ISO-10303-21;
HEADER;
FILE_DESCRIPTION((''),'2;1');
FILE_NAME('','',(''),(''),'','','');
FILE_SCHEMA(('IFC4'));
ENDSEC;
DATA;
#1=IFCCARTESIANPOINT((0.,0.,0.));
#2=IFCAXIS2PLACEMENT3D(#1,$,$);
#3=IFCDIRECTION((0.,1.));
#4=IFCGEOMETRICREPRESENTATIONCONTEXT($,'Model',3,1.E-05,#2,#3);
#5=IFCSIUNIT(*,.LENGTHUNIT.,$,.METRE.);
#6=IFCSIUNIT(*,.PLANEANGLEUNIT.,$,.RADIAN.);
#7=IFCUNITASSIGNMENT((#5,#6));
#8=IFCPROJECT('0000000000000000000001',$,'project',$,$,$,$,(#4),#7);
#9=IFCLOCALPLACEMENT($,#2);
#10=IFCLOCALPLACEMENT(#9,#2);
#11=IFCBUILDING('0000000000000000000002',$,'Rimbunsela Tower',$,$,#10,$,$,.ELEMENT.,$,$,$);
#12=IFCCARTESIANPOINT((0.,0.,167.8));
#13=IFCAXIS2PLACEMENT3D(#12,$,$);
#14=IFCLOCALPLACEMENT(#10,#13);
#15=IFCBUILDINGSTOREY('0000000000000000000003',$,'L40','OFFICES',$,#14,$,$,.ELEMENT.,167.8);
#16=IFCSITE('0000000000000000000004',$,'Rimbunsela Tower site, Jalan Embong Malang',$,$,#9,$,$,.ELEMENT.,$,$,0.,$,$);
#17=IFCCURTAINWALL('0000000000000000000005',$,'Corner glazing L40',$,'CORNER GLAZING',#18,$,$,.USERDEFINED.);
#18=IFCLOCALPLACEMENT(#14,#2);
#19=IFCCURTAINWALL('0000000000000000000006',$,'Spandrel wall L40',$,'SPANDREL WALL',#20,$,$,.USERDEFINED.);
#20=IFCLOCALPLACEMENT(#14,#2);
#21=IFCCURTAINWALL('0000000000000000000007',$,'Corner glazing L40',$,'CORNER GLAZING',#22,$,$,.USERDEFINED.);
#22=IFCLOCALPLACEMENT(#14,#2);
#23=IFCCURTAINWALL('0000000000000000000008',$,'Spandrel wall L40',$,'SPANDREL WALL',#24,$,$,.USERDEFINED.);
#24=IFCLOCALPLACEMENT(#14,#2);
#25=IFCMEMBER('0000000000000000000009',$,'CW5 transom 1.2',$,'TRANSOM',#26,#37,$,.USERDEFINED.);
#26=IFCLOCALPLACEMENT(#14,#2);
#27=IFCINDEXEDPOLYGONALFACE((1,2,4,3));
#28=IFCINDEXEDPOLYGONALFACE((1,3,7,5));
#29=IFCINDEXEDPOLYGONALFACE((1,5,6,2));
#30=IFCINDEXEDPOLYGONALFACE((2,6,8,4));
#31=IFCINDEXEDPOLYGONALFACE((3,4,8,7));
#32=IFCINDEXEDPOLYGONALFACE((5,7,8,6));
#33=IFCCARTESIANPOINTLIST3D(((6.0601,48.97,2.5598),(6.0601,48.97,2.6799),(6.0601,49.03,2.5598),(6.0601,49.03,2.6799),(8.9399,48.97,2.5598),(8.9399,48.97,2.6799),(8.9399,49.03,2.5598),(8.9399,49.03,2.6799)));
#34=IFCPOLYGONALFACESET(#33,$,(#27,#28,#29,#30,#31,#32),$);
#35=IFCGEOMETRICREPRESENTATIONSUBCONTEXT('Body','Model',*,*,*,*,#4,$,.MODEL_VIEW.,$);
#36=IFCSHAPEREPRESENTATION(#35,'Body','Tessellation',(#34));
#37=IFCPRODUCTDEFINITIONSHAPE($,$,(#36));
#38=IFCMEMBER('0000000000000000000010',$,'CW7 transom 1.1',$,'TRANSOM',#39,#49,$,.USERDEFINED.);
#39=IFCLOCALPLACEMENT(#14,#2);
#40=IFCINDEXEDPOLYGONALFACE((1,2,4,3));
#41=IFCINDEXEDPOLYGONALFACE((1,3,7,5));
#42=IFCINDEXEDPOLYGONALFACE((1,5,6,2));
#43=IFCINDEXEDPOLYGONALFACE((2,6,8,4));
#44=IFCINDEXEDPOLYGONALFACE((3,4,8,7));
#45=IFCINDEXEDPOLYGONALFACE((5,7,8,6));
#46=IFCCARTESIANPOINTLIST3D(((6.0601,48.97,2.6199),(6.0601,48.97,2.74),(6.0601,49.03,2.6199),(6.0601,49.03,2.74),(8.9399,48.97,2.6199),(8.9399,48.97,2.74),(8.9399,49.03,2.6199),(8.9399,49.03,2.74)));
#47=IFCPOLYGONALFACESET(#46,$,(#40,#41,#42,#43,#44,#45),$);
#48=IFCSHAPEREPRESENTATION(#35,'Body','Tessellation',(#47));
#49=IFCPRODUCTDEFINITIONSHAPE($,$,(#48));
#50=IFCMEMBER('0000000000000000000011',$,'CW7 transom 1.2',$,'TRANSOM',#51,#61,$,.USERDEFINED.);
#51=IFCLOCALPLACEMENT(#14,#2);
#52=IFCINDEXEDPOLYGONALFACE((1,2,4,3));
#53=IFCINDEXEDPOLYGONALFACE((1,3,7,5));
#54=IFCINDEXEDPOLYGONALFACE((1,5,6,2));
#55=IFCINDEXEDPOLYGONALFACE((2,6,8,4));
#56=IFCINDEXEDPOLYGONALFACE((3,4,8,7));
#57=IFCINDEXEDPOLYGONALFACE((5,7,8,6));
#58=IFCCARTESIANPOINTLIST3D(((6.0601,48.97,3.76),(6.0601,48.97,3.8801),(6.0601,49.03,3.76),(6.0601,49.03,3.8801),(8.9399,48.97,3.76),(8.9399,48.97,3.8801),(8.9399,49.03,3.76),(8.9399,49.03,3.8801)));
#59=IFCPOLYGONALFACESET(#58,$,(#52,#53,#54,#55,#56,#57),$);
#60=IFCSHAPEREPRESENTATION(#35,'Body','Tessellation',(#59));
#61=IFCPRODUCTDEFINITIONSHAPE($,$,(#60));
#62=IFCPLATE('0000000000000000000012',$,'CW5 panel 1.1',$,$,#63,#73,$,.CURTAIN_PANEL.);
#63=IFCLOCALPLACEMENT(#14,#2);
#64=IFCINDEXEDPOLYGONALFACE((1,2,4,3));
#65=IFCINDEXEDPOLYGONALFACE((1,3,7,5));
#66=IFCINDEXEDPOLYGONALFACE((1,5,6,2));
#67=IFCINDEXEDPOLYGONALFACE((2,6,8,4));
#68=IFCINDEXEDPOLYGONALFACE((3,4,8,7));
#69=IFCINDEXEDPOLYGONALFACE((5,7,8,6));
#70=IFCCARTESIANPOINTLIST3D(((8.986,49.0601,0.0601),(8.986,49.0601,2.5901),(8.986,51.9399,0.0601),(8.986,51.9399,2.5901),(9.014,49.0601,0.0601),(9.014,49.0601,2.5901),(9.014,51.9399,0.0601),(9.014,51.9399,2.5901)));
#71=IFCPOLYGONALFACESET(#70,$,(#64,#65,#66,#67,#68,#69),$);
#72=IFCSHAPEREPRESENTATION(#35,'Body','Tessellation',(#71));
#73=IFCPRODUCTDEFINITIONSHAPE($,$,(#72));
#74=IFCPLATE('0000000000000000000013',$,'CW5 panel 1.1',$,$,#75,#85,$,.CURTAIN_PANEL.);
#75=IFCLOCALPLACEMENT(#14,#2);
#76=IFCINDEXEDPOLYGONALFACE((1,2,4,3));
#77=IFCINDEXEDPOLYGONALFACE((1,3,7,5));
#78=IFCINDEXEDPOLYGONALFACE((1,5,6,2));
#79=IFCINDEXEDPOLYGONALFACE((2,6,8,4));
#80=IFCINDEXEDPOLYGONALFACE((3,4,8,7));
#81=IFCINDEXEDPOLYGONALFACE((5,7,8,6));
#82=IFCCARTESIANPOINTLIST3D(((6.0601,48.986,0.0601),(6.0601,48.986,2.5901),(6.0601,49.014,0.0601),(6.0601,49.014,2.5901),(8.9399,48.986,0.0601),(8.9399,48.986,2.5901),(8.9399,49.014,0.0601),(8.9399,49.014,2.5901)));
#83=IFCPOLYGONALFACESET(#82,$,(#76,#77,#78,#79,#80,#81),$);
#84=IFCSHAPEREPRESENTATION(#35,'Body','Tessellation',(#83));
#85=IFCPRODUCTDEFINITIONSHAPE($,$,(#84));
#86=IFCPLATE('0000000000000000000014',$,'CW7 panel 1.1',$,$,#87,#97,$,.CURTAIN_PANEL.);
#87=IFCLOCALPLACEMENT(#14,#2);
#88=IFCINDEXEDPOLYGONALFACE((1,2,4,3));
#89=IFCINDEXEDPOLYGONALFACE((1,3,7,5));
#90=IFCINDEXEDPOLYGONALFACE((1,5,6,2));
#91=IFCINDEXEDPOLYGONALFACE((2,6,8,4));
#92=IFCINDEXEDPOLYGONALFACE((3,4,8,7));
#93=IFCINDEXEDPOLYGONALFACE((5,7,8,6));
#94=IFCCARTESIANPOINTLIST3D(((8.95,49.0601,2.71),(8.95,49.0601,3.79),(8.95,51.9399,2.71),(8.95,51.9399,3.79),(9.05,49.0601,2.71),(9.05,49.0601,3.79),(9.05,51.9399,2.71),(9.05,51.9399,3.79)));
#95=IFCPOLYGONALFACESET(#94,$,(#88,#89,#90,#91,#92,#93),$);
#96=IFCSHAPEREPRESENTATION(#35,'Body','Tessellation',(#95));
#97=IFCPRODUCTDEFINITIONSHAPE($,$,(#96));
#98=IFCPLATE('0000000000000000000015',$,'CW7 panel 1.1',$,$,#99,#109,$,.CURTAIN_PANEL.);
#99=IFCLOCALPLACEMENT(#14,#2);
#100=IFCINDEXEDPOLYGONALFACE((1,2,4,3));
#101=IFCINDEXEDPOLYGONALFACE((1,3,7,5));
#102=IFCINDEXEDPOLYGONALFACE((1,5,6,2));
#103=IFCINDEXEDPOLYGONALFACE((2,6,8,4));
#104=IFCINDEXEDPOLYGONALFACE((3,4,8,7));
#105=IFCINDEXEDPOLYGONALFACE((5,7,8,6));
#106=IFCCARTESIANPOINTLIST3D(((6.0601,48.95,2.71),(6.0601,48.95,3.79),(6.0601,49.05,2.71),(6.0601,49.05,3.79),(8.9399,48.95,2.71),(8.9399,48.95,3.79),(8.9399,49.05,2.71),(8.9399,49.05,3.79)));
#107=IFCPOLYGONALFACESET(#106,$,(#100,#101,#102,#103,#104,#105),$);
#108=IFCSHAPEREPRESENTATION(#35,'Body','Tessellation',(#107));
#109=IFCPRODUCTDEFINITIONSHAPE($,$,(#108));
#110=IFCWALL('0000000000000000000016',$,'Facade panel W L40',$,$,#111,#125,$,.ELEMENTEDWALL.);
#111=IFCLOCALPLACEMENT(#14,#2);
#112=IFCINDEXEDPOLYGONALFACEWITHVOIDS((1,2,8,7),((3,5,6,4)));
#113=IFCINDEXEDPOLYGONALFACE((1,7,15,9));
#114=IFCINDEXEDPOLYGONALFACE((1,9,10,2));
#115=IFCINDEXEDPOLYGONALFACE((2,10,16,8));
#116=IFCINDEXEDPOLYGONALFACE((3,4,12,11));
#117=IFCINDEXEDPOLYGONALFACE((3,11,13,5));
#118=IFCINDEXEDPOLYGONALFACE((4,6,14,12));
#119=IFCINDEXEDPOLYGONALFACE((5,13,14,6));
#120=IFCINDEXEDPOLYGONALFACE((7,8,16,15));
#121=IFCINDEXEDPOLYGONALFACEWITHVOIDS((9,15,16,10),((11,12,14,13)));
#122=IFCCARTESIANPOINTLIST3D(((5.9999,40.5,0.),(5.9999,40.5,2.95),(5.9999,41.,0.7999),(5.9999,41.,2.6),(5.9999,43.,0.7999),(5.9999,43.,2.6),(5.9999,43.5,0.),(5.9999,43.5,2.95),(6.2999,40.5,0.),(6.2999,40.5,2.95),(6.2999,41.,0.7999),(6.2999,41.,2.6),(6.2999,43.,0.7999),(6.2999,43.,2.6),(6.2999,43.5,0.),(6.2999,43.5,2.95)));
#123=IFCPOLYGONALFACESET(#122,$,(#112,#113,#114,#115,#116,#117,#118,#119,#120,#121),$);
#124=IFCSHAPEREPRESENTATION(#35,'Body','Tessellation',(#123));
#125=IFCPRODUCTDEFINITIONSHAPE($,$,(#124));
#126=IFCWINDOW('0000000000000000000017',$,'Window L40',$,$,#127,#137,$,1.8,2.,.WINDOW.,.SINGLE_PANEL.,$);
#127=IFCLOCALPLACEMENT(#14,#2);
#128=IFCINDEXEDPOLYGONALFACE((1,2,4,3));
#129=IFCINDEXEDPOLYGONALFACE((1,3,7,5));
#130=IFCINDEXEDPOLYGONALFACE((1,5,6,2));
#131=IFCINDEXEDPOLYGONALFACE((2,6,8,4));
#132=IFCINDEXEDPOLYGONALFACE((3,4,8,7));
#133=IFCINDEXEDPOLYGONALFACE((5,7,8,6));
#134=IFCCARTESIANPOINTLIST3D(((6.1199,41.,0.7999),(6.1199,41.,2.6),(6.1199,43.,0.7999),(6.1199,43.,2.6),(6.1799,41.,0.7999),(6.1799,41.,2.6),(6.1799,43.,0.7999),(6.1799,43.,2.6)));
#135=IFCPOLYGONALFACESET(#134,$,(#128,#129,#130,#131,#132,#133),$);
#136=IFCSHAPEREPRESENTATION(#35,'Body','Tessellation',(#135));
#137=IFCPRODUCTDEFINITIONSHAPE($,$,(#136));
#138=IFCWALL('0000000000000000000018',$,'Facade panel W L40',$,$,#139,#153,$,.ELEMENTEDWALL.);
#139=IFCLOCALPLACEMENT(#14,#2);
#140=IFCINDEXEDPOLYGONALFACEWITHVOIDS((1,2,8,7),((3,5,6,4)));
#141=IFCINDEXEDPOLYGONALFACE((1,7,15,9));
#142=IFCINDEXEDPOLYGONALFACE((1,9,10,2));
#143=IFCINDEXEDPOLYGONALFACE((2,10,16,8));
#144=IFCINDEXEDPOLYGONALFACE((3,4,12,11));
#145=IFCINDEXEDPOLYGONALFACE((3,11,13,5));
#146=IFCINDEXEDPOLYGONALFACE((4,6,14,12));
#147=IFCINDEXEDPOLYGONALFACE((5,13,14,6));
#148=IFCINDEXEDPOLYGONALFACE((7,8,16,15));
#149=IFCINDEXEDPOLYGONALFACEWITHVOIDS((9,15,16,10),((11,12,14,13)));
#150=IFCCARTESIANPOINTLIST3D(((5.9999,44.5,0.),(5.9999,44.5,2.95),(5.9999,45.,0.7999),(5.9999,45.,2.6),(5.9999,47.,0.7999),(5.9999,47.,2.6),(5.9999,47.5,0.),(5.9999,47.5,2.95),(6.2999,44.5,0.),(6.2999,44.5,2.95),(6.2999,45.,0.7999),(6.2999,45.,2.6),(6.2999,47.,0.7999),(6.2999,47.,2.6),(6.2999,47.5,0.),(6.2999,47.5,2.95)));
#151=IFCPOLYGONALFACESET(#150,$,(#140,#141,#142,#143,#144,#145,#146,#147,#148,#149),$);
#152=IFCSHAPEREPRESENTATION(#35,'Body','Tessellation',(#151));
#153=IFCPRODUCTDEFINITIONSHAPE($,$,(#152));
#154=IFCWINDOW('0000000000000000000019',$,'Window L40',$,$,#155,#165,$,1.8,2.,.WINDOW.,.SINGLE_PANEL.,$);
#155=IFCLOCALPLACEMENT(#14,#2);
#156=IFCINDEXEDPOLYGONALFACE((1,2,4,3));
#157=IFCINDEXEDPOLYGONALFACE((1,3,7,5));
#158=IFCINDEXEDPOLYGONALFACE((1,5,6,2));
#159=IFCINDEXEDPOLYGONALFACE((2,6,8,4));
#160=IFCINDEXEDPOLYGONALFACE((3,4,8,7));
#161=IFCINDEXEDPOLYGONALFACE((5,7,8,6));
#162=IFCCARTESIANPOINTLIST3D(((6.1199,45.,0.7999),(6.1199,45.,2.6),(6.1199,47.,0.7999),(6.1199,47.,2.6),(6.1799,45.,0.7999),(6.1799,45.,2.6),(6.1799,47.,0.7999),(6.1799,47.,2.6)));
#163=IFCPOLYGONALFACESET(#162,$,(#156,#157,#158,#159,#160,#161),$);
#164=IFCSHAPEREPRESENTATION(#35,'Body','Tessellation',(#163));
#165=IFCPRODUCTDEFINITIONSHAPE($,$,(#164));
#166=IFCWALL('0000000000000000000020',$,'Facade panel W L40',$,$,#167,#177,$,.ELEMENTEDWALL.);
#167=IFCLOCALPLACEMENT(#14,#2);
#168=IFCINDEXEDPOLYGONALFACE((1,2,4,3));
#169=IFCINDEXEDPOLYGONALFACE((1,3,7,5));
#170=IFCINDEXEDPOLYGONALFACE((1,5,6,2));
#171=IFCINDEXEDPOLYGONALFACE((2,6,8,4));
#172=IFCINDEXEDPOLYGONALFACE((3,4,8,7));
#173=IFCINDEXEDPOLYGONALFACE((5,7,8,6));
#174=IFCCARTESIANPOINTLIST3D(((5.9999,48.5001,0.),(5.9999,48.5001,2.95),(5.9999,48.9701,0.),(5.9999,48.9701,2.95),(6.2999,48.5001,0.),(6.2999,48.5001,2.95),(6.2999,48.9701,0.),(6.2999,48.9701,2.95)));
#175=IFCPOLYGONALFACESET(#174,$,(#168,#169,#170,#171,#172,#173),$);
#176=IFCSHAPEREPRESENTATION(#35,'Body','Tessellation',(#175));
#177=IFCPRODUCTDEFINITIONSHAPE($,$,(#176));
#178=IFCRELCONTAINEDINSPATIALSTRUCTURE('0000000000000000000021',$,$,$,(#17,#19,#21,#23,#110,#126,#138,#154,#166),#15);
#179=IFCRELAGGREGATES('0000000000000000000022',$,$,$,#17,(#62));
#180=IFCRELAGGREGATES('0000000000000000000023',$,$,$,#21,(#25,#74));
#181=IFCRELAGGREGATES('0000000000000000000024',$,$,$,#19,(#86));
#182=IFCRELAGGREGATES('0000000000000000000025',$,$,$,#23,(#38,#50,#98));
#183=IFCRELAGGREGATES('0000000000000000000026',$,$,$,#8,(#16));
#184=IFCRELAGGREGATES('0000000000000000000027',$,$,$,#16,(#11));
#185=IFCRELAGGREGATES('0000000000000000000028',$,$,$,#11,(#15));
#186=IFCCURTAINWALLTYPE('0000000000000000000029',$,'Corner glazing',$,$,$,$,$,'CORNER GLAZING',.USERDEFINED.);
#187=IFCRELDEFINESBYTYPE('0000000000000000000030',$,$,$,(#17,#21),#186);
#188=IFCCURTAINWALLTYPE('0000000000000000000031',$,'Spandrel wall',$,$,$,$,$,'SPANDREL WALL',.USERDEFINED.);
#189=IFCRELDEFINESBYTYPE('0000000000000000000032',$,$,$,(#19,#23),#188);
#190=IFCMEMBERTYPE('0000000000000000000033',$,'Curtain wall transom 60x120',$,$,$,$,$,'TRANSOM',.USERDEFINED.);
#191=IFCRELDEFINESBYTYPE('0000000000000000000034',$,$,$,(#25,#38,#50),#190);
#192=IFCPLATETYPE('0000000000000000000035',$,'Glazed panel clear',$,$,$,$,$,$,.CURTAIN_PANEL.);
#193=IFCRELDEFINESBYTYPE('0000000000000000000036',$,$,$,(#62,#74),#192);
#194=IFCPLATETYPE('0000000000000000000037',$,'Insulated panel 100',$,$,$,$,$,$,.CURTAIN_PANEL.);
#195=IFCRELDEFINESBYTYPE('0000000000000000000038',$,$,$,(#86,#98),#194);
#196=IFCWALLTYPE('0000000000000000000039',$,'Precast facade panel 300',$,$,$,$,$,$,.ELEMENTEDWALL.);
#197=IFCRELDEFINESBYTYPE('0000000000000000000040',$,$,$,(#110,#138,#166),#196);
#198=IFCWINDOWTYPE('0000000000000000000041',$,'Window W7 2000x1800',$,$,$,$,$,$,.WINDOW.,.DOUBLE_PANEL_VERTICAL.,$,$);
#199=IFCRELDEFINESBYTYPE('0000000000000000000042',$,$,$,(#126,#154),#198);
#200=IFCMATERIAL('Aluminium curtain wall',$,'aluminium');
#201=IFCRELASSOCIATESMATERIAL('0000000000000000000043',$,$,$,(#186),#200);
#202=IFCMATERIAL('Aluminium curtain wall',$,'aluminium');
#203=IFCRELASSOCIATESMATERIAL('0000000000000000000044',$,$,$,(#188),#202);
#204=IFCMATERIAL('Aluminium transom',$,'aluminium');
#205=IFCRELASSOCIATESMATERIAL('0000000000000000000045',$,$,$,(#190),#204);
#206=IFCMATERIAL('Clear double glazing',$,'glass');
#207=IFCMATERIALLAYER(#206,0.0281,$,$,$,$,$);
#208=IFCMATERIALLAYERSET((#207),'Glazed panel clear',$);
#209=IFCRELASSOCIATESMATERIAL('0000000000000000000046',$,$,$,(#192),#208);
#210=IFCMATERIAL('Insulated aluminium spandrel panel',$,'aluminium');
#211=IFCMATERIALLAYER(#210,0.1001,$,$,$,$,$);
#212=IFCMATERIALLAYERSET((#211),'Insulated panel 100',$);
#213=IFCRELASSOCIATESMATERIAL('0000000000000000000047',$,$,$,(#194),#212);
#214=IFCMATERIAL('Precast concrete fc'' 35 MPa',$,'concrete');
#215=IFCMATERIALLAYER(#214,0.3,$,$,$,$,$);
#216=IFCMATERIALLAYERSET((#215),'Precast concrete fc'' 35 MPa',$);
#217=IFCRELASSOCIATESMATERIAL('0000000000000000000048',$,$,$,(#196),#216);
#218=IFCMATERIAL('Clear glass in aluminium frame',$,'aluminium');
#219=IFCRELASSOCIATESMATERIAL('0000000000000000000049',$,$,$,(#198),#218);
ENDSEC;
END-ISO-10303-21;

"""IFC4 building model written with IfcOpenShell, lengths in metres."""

from ifc_helpers import new_model, si_unit, direction, frame, frame_2d, origin, origin_2d, place, context, subcontext, project, spatial, rectangle, extrude, material, layer, layer_set, material_profile, profile_set, type_object, element, fill, aggregate, save


model = new_model("IFC4")

# Units and contexts
model_context = context("Model", 3, precision=1e-05, world=origin(), true_north=direction((0.0, 1.0)))
body_context = subcontext(model_context, "Body", "Model", "MODEL_VIEW")
ifc_project = project(units=[si_unit("LENGTHUNIT", "METRE"), si_unit("PLANEANGLEUNIT", "RADIAN")], contexts=[model_context])

# Site, building, storey
site_placement = place(None, origin())
site = spatial("IfcSite", under=ifc_project, at=site_placement, Name="Rimbunsela Tower site, Jalan Embong Malang", CompositionType="ELEMENT", RefElevation=0.0)
building_placement = place(site_placement, origin())
building = spatial("IfcBuilding", under=site, at=building_placement, Name="Rimbunsela Tower", CompositionType="ELEMENT")
storey_placement = place(building_placement, frame((0.0, 0.0, 167.8)))
storey = spatial("IfcBuildingStorey", under=building, at=storey_placement, Name="L40", Description="OFFICES", CompositionType="ELEMENT", Elevation=167.8)

# Curtain walls
ifc_material_1 = material(Name="Aluminium curtain wall", Category="aluminium")
curtain_wall_type_1 = type_object("IfcCurtainWallType", Name="Corner glazing", ElementType="CORNER GLAZING", PredefinedType="USERDEFINED", material=ifc_material_1)
curtain_wall_1_placement = place(storey_placement, origin())
curtain_wall_1 = element("IfcCurtainWall", 1, at=curtain_wall_1_placement, inside=storey, type_object=curtain_wall_type_1, Name="Corner glazing L40", ObjectType="CORNER GLAZING", PredefinedType="USERDEFINED")
ifc_material_2 = material(Name="Aluminium curtain wall", Category="aluminium")
curtain_wall_type_2 = type_object("IfcCurtainWallType", Name="Spandrel wall", ElementType="SPANDREL WALL", PredefinedType="USERDEFINED", material=ifc_material_2)
curtain_wall_2_placement = place(storey_placement, origin())
curtain_wall_2 = element("IfcCurtainWall", 2, at=curtain_wall_2_placement, inside=storey, type_object=curtain_wall_type_2, Name="Spandrel wall L40", ObjectType="SPANDREL WALL", PredefinedType="USERDEFINED")

# Curtain walls
curtain_wall_3_placement = place(storey_placement, origin())
curtain_wall_3 = element("IfcCurtainWall", 3, at=curtain_wall_3_placement, inside=storey, type_object=curtain_wall_type_1, Name="Corner glazing L40", ObjectType="CORNER GLAZING", PredefinedType="USERDEFINED")
curtain_wall_4_placement = place(storey_placement, origin())
curtain_wall_4 = element("IfcCurtainWall", 4, at=curtain_wall_4_placement, inside=storey, type_object=curtain_wall_type_2, Name="Spandrel wall L40", ObjectType="SPANDREL WALL", PredefinedType="USERDEFINED")

# Members
ifc_material_3 = material(Name="Aluminium transom", Category="aluminium")
ifc_material_profile_1 = material_profile(ifc_material_3, rectangle(XDim=0.0601, YDim=0.1201, at=origin_2d()), Name="Transom 60x120")
ifc_profile_set_1 = profile_set([ifc_material_profile_1], Name="Aluminium transom")
member_type_1 = type_object("IfcMemberType", Name="Curtain wall transom 60x120", ElementType="TRANSOM", PredefinedType="USERDEFINED", material=ifc_profile_set_1)
member_1_placement = place(storey_placement, frame((8.9399, 49.0, 2.6199), z_axis=(-1.0, 0.0, 0.0), x_axis=(0.0, -1.0, 0.0)))
member_1 = element("IfcMember", 5, at=member_1_placement, type_object=member_type_1, Name="CW5 transom 1.2", ObjectType="TRANSOM", PredefinedType="USERDEFINED", context=body_context, shape_type="SweptSolid", body=[
    extrude(rectangle(XDim=0.0601, YDim=0.1201, at=origin_2d()), origin(), (0.0, 0.0, 1.0), 2.8799),
])
member_2_placement = place(storey_placement, frame((8.9399, 49.0, 2.6799), z_axis=(-1.0, 0.0, 0.0), x_axis=(0.0, -1.0, 0.0)))
member_2 = element("IfcMember", 6, at=member_2_placement, type_object=member_type_1, Name="CW7 transom 1.1", ObjectType="TRANSOM", PredefinedType="USERDEFINED", context=body_context, shape_type="SweptSolid", body=[
    extrude(rectangle(XDim=0.0601, YDim=0.1201, at=origin_2d()), origin(), (0.0, 0.0, 1.0), 2.8799),
])
member_3_placement = place(storey_placement, frame((8.9399, 49.0, 3.8201), z_axis=(-1.0, 0.0, 0.0), x_axis=(0.0, -1.0, 0.0)))
member_3 = element("IfcMember", 7, at=member_3_placement, type_object=member_type_1, Name="CW7 transom 1.2", ObjectType="TRANSOM", PredefinedType="USERDEFINED", context=body_context, shape_type="SweptSolid", body=[
    extrude(rectangle(XDim=0.0601, YDim=0.1201, at=origin_2d()), origin(), (0.0, 0.0, 1.0), 2.8799),
])

# Plates
ifc_material_4 = material(Name="Clear double glazing", Category="glass")
ifc_layer_1 = layer(ifc_material_4, 0.0281)
ifc_layer_set_1 = layer_set([ifc_layer_1], Name="Glazed panel clear")
plate_type_1 = type_object("IfcPlateType", Name="Glazed panel clear", PredefinedType="CURTAIN_PANEL", material=ifc_layer_set_1)
plate_1_placement = place(storey_placement, frame((9.0, 50.5, 0.0601), z_axis=(0.0, 0.0, 1.0), x_axis=(0.0, -1.0, 0.0)))
plate_1 = element("IfcPlate", 8, at=plate_1_placement, type_object=plate_type_1, Name="CW5 panel 1.1", PredefinedType="CURTAIN_PANEL", context=body_context, shape_type="SweptSolid", body=[
    extrude(rectangle(XDim=2.8799, YDim=0.0281, at=origin_2d()), origin(), (0.0, 0.0, 1.0), 2.53),
])
aggregate(curtain_wall_1, [plate_1])
plate_2_placement = place(storey_placement, frame((7.5, 49.0, 0.0601), z_axis=(0.0, 0.0, 1.0), x_axis=(-1.0, 0.0, 0.0)))
plate_2 = element("IfcPlate", 9, at=plate_2_placement, type_object=plate_type_1, Name="CW5 panel 1.1", PredefinedType="CURTAIN_PANEL", context=body_context, shape_type="SweptSolid", body=[
    extrude(rectangle(XDim=2.8799, YDim=0.0281, at=origin_2d()), origin(), (0.0, 0.0, 1.0), 2.53),
])
aggregate(curtain_wall_3, [member_1, plate_2])
ifc_material_5 = material(Name="Insulated aluminium spandrel panel", Category="aluminium")
ifc_layer_2 = layer(ifc_material_5, 0.1001)
ifc_layer_set_2 = layer_set([ifc_layer_2], Name="Insulated panel 100")
plate_type_2 = type_object("IfcPlateType", Name="Insulated panel 100", PredefinedType="CURTAIN_PANEL", material=ifc_layer_set_2)
plate_3_placement = place(storey_placement, frame((9.0, 50.5, 2.71), z_axis=(0.0, 0.0, 1.0), x_axis=(0.0, -1.0, 0.0)))
plate_3 = element("IfcPlate", 10, at=plate_3_placement, type_object=plate_type_2, Name="CW7 panel 1.1", PredefinedType="CURTAIN_PANEL", context=body_context, shape_type="SweptSolid", body=[
    extrude(rectangle(XDim=2.8799, YDim=0.1001, at=origin_2d()), origin(), (0.0, 0.0, 1.0), 1.0801),
])
aggregate(curtain_wall_2, [plate_3])
plate_4_placement = place(storey_placement, frame((7.5, 49.0, 2.71), z_axis=(0.0, 0.0, 1.0), x_axis=(-1.0, 0.0, 0.0)))
plate_4 = element("IfcPlate", 11, at=plate_4_placement, type_object=plate_type_2, Name="CW7 panel 1.1", PredefinedType="CURTAIN_PANEL", context=body_context, shape_type="SweptSolid", body=[
    extrude(rectangle(XDim=2.8799, YDim=0.1001, at=origin_2d()), origin(), (0.0, 0.0, 1.0), 1.0801),
])
aggregate(curtain_wall_4, [member_2, member_3, plate_4])

# Walls, openings, windows
ifc_material_6 = material(Name="Precast concrete fc' 35 MPa", Category="concrete")
ifc_layer_3 = layer(ifc_material_6, 0.3)
ifc_layer_set_3 = layer_set([ifc_layer_3], Name="Precast concrete fc' 35 MPa")
wall_type = type_object("IfcWallType", Name="Precast facade panel 300", PredefinedType="ELEMENTEDWALL", material=ifc_layer_set_3)
wall_1_placement = place(storey_placement, frame((6.1499, 43.5, 0.0), z_axis=(0.0, 0.0, 1.0), x_axis=(0.0, -1.0, 0.0)))
wall_1 = element("IfcWall", 12, at=wall_1_placement, inside=storey, type_object=wall_type, Name="Facade panel W L40", PredefinedType="ELEMENTEDWALL", context=body_context, shape_type="SweptSolid", body=[
    extrude(rectangle(XDim=3.0, YDim=0.3, at=frame_2d((1.5, 0.0))), origin(), (0.0, 0.0, 1.0), 2.95),
])
opening_1_placement = place(wall_1_placement, frame((0.5, 0.0, 0.8)))
opening_1 = element("IfcOpeningElement", 13, at=opening_1_placement, cuts=wall_1, PredefinedType="OPENING", context=body_context, shape_type="SweptSolid", body=[
    extrude(rectangle(XDim=2.0, YDim=1.8, at=frame_2d((1.0, 0.8999))), frame((0.0, 0.1599, 0.0), z_axis=(0.0, -1.0, 0.0), x_axis=(1.0, 0.0, 0.0)), (0.0, 0.0, 1.0), 0.3201),
])
ifc_material_7 = material(Name="Clear glass in aluminium frame", Category="aluminium")
window_type = type_object("IfcWindowType", Name="Window W7 2000x1800", PartitioningType="DOUBLE_PANEL_VERTICAL", PredefinedType="WINDOW", material=ifc_material_7)
window_1_placement = place(opening_1_placement, origin())
window_1 = element("IfcWindow", 14, at=window_1_placement, inside=storey, type_object=window_type, Name="Window L40", OverallHeight=1.8, OverallWidth=2.0, PartitioningType="SINGLE_PANEL", PredefinedType="WINDOW", context=body_context, shape_type="SweptSolid", body=[
    extrude(rectangle(XDim=2.0, YDim=1.8, at=frame_2d((1.0, 0.8999))), frame((0.0, 0.03, 0.0), z_axis=(0.0, -1.0, 0.0), x_axis=(1.0, 0.0, 0.0)), (0.0, 0.0, 1.0), 0.0601),
])
fill(opening_1, window_1)
wall_2_placement = place(storey_placement, frame((6.1499, 47.5, 0.0), z_axis=(0.0, 0.0, 1.0), x_axis=(0.0, -1.0, 0.0)))
wall_2 = element("IfcWall", 15, at=wall_2_placement, inside=storey, type_object=wall_type, Name="Facade panel W L40", PredefinedType="ELEMENTEDWALL", context=body_context, shape_type="SweptSolid", body=[
    extrude(rectangle(XDim=3.0, YDim=0.3, at=frame_2d((1.5, 0.0))), origin(), (0.0, 0.0, 1.0), 2.95),
])
opening_2_placement = place(wall_2_placement, frame((0.5, 0.0, 0.8)))
opening_2 = element("IfcOpeningElement", 16, at=opening_2_placement, cuts=wall_2, PredefinedType="OPENING", context=body_context, shape_type="SweptSolid", body=[
    extrude(rectangle(XDim=2.0, YDim=1.8, at=frame_2d((1.0, 0.8999))), frame((0.0, 0.1599, 0.0), z_axis=(0.0, -1.0, 0.0), x_axis=(1.0, 0.0, 0.0)), (0.0, 0.0, 1.0), 0.3201),
])
window_2_placement = place(opening_2_placement, origin())
window_2 = element("IfcWindow", 17, at=window_2_placement, inside=storey, type_object=window_type, Name="Window L40", OverallHeight=1.8, OverallWidth=2.0, PartitioningType="SINGLE_PANEL", PredefinedType="WINDOW", context=body_context, shape_type="SweptSolid", body=[
    extrude(rectangle(XDim=2.0, YDim=1.8, at=frame_2d((1.0, 0.8999))), frame((0.0, 0.03, 0.0), z_axis=(0.0, -1.0, 0.0), x_axis=(1.0, 0.0, 0.0)), (0.0, 0.0, 1.0), 0.0601),
])
fill(opening_2, window_2)

# Wall
wall_3_placement = place(storey_placement, frame((6.1499, 48.97, 0.0), z_axis=(0.0, 0.0, 1.0), x_axis=(0.0, -1.0, 0.0)))
element("IfcWall", 18, at=wall_3_placement, inside=storey, type_object=wall_type, Name="Facade panel W L40", PredefinedType="ELEMENTEDWALL", context=body_context, shape_type="SweptSolid", body=[
    extrude(rectangle(XDim=0.47, YDim=0.3, at=frame_2d((0.2349, 0.0))), origin(), (0.0, 0.0, 1.0), 2.95),
])

save(model, "model.ifc")
